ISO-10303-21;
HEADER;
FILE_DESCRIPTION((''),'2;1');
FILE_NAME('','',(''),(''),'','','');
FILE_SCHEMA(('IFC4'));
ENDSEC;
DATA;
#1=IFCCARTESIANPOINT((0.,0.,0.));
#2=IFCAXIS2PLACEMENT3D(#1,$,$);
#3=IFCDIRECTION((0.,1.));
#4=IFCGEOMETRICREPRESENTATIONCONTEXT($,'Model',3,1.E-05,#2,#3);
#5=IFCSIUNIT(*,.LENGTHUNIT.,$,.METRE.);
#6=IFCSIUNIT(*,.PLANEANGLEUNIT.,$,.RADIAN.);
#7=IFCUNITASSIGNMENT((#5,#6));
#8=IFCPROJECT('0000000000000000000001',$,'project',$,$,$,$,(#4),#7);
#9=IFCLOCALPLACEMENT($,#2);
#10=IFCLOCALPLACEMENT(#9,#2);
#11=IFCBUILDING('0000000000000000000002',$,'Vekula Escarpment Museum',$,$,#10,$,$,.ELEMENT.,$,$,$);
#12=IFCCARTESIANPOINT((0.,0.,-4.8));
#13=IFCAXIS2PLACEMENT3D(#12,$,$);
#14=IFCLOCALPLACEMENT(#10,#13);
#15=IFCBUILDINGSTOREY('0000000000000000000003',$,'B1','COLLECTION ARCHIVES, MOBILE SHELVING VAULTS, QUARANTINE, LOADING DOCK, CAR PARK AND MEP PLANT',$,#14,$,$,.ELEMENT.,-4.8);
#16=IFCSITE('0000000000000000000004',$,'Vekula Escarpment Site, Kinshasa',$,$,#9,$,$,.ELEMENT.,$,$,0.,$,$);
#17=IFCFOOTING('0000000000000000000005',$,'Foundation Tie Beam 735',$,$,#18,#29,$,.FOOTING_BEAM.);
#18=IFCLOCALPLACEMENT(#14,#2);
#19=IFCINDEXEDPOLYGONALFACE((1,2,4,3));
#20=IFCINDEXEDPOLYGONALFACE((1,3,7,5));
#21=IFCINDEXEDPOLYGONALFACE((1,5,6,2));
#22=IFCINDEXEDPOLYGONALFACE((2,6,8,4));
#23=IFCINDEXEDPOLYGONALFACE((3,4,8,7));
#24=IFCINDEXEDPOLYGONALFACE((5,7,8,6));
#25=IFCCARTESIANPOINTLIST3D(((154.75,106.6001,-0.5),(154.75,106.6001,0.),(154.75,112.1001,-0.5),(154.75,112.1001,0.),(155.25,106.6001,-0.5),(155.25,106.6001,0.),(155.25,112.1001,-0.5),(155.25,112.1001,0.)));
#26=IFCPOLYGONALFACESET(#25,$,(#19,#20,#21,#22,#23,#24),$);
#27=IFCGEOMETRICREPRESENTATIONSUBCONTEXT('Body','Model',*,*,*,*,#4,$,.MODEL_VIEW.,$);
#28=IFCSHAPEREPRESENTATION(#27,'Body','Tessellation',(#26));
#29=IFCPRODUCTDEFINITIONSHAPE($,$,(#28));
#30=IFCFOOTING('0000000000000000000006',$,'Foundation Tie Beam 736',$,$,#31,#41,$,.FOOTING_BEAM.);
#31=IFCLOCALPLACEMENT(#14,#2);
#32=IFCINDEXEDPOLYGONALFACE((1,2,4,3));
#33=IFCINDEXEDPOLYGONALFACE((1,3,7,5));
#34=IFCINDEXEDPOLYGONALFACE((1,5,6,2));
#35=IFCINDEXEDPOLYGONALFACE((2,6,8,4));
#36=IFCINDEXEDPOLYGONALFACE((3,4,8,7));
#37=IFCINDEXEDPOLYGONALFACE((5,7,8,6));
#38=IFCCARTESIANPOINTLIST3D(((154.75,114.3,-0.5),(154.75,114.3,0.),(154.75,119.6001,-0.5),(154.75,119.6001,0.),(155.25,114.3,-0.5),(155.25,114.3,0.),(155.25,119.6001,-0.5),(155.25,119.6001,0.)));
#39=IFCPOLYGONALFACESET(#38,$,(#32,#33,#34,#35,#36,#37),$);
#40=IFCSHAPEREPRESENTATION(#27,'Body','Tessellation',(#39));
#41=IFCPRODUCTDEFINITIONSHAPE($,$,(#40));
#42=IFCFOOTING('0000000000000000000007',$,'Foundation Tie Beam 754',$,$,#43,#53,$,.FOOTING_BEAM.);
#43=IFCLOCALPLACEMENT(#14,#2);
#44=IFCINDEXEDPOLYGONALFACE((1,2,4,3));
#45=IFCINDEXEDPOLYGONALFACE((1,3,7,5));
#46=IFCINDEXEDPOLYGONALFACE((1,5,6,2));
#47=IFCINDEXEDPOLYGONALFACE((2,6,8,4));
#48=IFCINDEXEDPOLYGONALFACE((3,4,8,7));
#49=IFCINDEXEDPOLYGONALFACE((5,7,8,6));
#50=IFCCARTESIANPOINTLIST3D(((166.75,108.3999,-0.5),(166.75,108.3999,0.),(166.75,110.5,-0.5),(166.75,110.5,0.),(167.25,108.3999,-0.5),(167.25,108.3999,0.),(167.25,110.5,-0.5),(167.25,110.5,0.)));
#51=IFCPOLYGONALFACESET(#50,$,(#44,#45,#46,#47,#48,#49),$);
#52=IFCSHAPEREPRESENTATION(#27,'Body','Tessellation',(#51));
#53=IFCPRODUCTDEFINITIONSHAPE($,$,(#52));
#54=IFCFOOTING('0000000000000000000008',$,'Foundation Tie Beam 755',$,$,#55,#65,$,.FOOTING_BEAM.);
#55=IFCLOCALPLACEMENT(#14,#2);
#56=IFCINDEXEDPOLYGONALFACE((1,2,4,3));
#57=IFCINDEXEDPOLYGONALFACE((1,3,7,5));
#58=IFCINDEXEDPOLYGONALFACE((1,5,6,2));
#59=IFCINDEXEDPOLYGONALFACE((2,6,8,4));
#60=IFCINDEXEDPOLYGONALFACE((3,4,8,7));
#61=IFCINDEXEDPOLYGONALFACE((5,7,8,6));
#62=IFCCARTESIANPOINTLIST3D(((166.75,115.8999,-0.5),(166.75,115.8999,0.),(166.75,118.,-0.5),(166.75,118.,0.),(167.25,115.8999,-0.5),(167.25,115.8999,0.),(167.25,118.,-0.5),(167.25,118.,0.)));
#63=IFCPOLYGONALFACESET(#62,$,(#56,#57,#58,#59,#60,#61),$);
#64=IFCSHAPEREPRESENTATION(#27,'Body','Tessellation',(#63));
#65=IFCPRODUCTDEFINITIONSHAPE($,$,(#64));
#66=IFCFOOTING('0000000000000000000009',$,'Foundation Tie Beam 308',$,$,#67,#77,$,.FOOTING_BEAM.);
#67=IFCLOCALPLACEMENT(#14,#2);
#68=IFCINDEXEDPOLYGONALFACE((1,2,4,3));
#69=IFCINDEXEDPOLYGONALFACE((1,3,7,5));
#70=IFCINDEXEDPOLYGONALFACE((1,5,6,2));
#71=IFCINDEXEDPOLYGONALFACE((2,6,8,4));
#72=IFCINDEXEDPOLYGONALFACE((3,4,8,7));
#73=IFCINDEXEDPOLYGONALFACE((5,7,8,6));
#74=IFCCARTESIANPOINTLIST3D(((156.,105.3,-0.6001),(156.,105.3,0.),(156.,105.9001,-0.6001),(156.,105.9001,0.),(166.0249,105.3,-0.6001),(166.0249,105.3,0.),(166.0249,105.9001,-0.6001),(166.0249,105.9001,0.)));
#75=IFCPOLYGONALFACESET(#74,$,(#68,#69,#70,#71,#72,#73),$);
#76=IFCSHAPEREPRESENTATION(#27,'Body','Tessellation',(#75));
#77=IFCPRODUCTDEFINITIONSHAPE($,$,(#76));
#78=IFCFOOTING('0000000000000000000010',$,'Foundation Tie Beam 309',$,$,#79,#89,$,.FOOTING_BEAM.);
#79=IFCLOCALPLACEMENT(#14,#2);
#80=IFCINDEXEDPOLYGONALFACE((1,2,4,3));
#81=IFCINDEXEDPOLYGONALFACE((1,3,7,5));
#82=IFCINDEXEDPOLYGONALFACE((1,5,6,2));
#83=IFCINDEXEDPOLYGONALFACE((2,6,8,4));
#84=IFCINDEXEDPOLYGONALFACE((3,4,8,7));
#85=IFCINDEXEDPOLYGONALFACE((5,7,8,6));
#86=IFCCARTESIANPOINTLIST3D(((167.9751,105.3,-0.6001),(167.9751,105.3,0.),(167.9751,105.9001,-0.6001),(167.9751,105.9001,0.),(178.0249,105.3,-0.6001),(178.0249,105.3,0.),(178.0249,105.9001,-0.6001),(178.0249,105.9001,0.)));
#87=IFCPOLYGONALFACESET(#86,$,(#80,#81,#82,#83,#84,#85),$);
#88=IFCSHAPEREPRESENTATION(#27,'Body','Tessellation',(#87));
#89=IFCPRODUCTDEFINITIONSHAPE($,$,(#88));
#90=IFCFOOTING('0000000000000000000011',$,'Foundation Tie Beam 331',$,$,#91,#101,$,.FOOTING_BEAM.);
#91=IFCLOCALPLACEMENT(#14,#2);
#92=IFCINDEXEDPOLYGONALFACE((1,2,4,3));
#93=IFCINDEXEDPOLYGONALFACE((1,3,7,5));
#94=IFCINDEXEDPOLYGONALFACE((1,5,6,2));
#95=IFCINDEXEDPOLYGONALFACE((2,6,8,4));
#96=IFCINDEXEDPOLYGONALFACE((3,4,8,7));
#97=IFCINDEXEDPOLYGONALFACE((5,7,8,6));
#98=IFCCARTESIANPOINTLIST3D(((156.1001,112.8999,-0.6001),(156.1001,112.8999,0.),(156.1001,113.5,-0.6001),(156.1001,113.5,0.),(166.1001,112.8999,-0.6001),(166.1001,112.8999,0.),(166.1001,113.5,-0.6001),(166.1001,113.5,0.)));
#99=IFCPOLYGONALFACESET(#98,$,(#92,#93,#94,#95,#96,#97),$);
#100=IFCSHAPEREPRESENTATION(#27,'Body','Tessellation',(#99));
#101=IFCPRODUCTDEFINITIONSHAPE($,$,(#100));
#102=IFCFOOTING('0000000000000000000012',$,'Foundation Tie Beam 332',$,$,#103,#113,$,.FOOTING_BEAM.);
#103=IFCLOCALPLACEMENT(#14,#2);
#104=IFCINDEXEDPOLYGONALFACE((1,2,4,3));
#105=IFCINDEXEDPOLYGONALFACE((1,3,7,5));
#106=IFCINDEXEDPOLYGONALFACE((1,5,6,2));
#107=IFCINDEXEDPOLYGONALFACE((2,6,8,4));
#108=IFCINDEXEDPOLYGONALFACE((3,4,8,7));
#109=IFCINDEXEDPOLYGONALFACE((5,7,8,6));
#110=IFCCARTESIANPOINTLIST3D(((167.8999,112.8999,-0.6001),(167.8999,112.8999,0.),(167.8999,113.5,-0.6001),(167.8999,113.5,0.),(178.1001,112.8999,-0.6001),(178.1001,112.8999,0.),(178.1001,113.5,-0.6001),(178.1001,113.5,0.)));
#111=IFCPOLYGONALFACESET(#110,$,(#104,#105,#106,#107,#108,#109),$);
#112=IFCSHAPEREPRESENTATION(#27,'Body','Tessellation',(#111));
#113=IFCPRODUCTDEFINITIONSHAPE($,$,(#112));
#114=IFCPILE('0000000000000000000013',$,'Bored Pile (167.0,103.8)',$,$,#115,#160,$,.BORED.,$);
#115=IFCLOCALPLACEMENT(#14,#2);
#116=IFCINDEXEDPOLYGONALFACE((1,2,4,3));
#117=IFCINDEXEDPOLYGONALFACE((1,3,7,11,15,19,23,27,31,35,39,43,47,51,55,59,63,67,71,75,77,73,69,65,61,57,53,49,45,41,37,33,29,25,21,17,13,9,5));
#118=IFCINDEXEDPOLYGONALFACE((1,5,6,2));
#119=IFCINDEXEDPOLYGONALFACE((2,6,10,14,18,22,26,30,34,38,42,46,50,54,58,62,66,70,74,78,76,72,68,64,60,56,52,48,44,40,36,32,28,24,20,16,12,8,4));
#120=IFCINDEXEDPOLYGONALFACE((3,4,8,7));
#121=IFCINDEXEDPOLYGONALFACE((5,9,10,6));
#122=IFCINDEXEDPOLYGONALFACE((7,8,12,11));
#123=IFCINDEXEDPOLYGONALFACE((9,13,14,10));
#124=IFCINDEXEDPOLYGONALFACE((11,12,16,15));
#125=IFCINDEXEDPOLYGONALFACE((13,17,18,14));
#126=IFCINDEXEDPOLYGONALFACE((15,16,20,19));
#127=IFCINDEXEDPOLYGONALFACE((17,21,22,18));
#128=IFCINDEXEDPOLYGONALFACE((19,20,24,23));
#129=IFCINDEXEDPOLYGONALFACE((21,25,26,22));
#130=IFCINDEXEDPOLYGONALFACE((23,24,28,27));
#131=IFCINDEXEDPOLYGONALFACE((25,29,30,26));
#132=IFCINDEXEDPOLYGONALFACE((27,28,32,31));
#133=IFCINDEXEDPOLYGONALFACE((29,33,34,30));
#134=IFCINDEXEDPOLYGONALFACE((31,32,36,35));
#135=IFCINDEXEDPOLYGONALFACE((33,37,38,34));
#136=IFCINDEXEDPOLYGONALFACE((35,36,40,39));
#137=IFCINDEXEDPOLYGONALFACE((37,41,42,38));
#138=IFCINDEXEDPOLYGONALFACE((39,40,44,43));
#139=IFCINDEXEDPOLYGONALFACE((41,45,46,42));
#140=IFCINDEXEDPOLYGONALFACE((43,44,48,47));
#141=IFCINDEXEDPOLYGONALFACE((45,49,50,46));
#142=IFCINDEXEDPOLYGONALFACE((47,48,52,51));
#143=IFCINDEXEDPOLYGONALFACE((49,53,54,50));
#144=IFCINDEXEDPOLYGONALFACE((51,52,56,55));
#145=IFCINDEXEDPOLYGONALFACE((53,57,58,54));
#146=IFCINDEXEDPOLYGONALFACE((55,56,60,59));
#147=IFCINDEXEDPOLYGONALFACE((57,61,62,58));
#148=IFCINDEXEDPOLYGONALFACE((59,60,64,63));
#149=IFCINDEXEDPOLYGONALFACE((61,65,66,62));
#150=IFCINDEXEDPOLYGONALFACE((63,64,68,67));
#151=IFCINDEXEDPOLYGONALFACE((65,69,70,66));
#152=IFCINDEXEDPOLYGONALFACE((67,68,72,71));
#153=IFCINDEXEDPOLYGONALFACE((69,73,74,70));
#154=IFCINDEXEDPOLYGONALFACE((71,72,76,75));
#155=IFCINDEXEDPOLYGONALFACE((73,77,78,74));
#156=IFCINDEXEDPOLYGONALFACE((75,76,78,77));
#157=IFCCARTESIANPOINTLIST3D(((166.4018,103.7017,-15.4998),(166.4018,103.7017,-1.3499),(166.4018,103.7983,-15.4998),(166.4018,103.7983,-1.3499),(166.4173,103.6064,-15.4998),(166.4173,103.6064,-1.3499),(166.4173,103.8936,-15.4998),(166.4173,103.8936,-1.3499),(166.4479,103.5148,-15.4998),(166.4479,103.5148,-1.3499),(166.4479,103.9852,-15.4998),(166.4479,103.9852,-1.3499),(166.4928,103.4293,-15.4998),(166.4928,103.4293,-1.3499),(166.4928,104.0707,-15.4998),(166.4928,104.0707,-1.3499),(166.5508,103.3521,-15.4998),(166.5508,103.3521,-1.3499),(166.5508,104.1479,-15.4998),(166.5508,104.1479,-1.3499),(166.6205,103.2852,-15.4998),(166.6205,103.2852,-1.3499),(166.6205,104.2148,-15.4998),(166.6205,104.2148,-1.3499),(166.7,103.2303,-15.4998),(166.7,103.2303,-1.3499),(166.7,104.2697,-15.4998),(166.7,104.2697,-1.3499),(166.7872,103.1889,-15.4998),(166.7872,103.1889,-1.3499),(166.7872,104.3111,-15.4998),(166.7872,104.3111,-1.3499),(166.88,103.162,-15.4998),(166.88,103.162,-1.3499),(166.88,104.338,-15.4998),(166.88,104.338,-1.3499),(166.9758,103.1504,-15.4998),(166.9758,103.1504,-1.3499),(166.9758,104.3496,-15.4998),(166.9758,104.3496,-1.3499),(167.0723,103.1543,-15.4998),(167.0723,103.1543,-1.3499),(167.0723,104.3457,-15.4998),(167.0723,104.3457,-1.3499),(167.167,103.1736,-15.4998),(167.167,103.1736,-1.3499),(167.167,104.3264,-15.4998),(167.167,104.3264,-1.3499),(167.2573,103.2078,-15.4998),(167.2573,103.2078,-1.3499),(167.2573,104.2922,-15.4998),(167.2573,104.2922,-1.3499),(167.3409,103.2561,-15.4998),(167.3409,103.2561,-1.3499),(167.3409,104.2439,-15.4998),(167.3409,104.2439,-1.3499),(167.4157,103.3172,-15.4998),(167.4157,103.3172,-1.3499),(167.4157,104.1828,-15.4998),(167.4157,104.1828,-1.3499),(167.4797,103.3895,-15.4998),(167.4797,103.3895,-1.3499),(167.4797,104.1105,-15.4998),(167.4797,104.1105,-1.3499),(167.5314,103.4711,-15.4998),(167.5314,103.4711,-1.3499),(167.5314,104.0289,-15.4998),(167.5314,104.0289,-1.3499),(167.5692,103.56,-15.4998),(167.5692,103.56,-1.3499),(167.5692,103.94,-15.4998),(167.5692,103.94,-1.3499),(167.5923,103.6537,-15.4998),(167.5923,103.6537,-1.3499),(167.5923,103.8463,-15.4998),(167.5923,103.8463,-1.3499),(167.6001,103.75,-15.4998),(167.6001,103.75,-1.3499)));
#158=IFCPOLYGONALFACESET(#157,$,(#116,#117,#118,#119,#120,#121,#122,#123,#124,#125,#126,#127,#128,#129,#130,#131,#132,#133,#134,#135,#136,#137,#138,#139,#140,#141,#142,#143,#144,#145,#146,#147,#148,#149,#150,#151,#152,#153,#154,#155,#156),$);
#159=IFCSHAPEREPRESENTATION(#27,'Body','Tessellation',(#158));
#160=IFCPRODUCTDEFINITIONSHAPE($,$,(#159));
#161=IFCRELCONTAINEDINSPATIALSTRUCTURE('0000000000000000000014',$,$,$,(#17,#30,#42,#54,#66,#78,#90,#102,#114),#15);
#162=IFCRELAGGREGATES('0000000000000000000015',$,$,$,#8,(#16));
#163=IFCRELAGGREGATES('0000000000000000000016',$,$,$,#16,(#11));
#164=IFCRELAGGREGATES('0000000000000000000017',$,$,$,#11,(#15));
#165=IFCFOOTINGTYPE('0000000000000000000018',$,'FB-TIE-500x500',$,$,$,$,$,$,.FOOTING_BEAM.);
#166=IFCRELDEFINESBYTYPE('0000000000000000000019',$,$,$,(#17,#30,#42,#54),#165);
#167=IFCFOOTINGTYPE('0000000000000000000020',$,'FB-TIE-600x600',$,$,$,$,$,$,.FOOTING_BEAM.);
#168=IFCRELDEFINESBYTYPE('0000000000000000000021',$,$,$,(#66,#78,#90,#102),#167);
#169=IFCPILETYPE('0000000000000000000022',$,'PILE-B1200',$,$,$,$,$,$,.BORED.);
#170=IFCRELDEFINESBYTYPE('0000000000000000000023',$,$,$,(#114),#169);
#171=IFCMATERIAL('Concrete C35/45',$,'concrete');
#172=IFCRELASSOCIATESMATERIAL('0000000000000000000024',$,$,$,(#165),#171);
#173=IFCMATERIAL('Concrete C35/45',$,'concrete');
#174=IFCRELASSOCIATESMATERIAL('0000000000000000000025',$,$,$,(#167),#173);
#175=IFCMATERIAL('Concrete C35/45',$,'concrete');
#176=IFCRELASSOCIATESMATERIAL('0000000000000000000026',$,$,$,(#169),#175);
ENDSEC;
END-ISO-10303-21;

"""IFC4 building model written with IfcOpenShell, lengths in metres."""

from ifc_helpers import new_model, si_unit, direction, frame, origin, origin_2d, place, context, subcontext, project, spatial, rectangle, circle, extrude, material, material_profile, profile_set, type_object, element, save


model = new_model("IFC4")

# Units and contexts
model_context = context("Model", 3, precision=1e-05, world=origin(), true_north=direction((0.0, 1.0)))
body_context = subcontext(model_context, "Body", "Model", "MODEL_VIEW")
ifc_project = project(units=[si_unit("LENGTHUNIT", "METRE"), si_unit("PLANEANGLEUNIT", "RADIAN")], contexts=[model_context])

# Site, building, storey
site_placement = place(None, origin())
site = spatial("IfcSite", under=ifc_project, at=site_placement, Name="Vekula Escarpment Site, Kinshasa", CompositionType="ELEMENT", RefElevation=0.0)
building_placement = place(site_placement, origin())
building = spatial("IfcBuilding", under=site, at=building_placement, Name="Vekula Escarpment Museum", CompositionType="ELEMENT")
storey_placement = place(building_placement, frame((0.0, 0.0, -4.8)))
storey = spatial("IfcBuildingStorey", under=building, at=storey_placement, Name="B1", Description="COLLECTION ARCHIVES, MOBILE SHELVING VAULTS, QUARANTINE, LOADING DOCK, CAR PARK AND MEP PLANT", CompositionType="ELEMENT", Elevation=-4.8)

# Footings
ifc_material_1 = material(Name="Concrete C35/45", Category="concrete")
ifc_material_profile_1 = material_profile(ifc_material_1, rectangle(XDim=0.5, YDim=0.5, at=origin_2d()), Name="RC 500x500")
ifc_profile_set_1 = profile_set([ifc_material_profile_1], Name="Concrete C35/45")
footing_type_1 = type_object("IfcFootingType", Name="FB-TIE-500x500", PredefinedType="FOOTING_BEAM", material=ifc_profile_set_1)
footing_1_placement = place(storey_placement, frame((155.0, 106.6001, -0.25), z_axis=(0.0, 1.0, 0.0), x_axis=(-1.0, 0.0, 0.0)))
element("IfcFooting", 1, at=footing_1_placement, inside=storey, type_object=footing_type_1, Name="Foundation Tie Beam 735", PredefinedType="FOOTING_BEAM", context=body_context, shape_type="SweptSolid", body=[
    extrude(rectangle(XDim=0.5, YDim=0.5, at=origin_2d()), origin(), (0.0, 0.0, 1.0), 5.5),
])
footing_2_placement = place(storey_placement, frame((155.0, 114.3, -0.25), z_axis=(0.0, 1.0, 0.0), x_axis=(-1.0, 0.0, 0.0)))
element("IfcFooting", 2, at=footing_2_placement, inside=storey, type_object=footing_type_1, Name="Foundation Tie Beam 736", PredefinedType="FOOTING_BEAM", context=body_context, shape_type="SweptSolid", body=[
    extrude(rectangle(XDim=0.5, YDim=0.5, at=origin_2d()), origin(), (0.0, 0.0, 1.0), 5.3),
])
for number, where, z_axis, x_axis, name in (
    (3, (167.0, 108.3999, -0.25), (0.0, 1.0, 0.0), (-1.0, 0.0, 0.0), "Foundation Tie Beam 754"),
    (4, (167.0, 115.8999, -0.25), (0.0, 1.0, 0.0), (-1.0, 0.0, 0.0), "Foundation Tie Beam 755"),
):
    element("IfcFooting", number, at=place(storey_placement, frame(where, z_axis=z_axis, x_axis=x_axis)), inside=storey, type_object=footing_type_1, Name=name, PredefinedType="FOOTING_BEAM", context=body_context, shape_type="SweptSolid", body=[
        extrude(rectangle(XDim=0.5, YDim=0.5, at=origin_2d()), origin(), (0.0, 0.0, 1.0), 2.1001),
    ])
ifc_material_2 = material(Name="Concrete C35/45", Category="concrete")
ifc_material_profile_2 = material_profile(ifc_material_2, rectangle(XDim=0.6001, YDim=0.6001, at=origin_2d()), Name="RC 600x600")
ifc_profile_set_2 = profile_set([ifc_material_profile_2], Name="Concrete C35/45")
footing_type_2 = type_object("IfcFootingType", Name="FB-TIE-600x600", PredefinedType="FOOTING_BEAM", material=ifc_profile_set_2)
footing_3_placement = place(storey_placement, frame((156.0, 105.6001, -0.3), z_axis=(1.0, 0.0, 0.0), x_axis=(0.0, 1.0, 0.0)))
element("IfcFooting", 5, at=footing_3_placement, inside=storey, type_object=footing_type_2, Name="Foundation Tie Beam 308", PredefinedType="FOOTING_BEAM", context=body_context, shape_type="SweptSolid", body=[
    extrude(rectangle(XDim=0.6001, YDim=0.6001, at=origin_2d()), origin(), (0.0, 0.0, 1.0), 10.0249),
])
footing_4_placement = place(storey_placement, frame((167.9751, 105.6001, -0.3), z_axis=(1.0, 0.0, 0.0), x_axis=(0.0, 1.0, 0.0)))
element("IfcFooting", 6, at=footing_4_placement, inside=storey, type_object=footing_type_2, Name="Foundation Tie Beam 309", PredefinedType="FOOTING_BEAM", context=body_context, shape_type="SweptSolid", body=[
    extrude(rectangle(XDim=0.6001, YDim=0.6001, at=origin_2d()), origin(), (0.0, 0.0, 1.0), 10.0498),
])
footing_5_placement = place(storey_placement, frame((156.1001, 113.2, -0.3), z_axis=(1.0, 0.0, 0.0), x_axis=(0.0, 1.0, 0.0)))
element("IfcFooting", 7, at=footing_5_placement, inside=storey, type_object=footing_type_2, Name="Foundation Tie Beam 331", PredefinedType="FOOTING_BEAM", context=body_context, shape_type="SweptSolid", body=[
    extrude(rectangle(XDim=0.6001, YDim=0.6001, at=origin_2d()), origin(), (0.0, 0.0, 1.0), 10.0),
])
footing_6_placement = place(storey_placement, frame((167.8999, 113.2, -0.3), z_axis=(1.0, 0.0, 0.0), x_axis=(0.0, 1.0, 0.0)))
element("IfcFooting", 8, at=footing_6_placement, inside=storey, type_object=footing_type_2, Name="Foundation Tie Beam 332", PredefinedType="FOOTING_BEAM", context=body_context, shape_type="SweptSolid", body=[
    extrude(rectangle(XDim=0.6001, YDim=0.6001, at=origin_2d()), origin(), (0.0, 0.0, 1.0), 10.2002),
])

# Pile
ifc_material_3 = material(Name="Concrete C35/45", Category="concrete")
ifc_material_profile_3 = material_profile(ifc_material_3, circle(Radius=0.6001, at=origin_2d()), Name="BORED PILE 1200")
ifc_profile_set_3 = profile_set([ifc_material_profile_3], Name="Concrete C35/45")
pile_type = type_object("IfcPileType", Name="PILE-B1200", PredefinedType="BORED", material=ifc_profile_set_3)
for number, where, z_axis, x_axis, name in (
    (9, (167.0, 103.75, -1.3499), (0.0, 0.0, -1.0), (1.0, 0.0, 0.0), "Bored Pile (167.0,103.8)"),
):
    element("IfcPile", number, at=place(storey_placement, frame(where, z_axis=z_axis, x_axis=x_axis)), inside=storey, type_object=pile_type, Name=name, PredefinedType="BORED", context=body_context, shape_type="SweptSolid", body=[
        extrude(circle(Radius=0.6001, at=origin_2d()), origin(), (0.0, 0.0, 1.0), 14.1499),
    ])

save(model, "model.ifc")
